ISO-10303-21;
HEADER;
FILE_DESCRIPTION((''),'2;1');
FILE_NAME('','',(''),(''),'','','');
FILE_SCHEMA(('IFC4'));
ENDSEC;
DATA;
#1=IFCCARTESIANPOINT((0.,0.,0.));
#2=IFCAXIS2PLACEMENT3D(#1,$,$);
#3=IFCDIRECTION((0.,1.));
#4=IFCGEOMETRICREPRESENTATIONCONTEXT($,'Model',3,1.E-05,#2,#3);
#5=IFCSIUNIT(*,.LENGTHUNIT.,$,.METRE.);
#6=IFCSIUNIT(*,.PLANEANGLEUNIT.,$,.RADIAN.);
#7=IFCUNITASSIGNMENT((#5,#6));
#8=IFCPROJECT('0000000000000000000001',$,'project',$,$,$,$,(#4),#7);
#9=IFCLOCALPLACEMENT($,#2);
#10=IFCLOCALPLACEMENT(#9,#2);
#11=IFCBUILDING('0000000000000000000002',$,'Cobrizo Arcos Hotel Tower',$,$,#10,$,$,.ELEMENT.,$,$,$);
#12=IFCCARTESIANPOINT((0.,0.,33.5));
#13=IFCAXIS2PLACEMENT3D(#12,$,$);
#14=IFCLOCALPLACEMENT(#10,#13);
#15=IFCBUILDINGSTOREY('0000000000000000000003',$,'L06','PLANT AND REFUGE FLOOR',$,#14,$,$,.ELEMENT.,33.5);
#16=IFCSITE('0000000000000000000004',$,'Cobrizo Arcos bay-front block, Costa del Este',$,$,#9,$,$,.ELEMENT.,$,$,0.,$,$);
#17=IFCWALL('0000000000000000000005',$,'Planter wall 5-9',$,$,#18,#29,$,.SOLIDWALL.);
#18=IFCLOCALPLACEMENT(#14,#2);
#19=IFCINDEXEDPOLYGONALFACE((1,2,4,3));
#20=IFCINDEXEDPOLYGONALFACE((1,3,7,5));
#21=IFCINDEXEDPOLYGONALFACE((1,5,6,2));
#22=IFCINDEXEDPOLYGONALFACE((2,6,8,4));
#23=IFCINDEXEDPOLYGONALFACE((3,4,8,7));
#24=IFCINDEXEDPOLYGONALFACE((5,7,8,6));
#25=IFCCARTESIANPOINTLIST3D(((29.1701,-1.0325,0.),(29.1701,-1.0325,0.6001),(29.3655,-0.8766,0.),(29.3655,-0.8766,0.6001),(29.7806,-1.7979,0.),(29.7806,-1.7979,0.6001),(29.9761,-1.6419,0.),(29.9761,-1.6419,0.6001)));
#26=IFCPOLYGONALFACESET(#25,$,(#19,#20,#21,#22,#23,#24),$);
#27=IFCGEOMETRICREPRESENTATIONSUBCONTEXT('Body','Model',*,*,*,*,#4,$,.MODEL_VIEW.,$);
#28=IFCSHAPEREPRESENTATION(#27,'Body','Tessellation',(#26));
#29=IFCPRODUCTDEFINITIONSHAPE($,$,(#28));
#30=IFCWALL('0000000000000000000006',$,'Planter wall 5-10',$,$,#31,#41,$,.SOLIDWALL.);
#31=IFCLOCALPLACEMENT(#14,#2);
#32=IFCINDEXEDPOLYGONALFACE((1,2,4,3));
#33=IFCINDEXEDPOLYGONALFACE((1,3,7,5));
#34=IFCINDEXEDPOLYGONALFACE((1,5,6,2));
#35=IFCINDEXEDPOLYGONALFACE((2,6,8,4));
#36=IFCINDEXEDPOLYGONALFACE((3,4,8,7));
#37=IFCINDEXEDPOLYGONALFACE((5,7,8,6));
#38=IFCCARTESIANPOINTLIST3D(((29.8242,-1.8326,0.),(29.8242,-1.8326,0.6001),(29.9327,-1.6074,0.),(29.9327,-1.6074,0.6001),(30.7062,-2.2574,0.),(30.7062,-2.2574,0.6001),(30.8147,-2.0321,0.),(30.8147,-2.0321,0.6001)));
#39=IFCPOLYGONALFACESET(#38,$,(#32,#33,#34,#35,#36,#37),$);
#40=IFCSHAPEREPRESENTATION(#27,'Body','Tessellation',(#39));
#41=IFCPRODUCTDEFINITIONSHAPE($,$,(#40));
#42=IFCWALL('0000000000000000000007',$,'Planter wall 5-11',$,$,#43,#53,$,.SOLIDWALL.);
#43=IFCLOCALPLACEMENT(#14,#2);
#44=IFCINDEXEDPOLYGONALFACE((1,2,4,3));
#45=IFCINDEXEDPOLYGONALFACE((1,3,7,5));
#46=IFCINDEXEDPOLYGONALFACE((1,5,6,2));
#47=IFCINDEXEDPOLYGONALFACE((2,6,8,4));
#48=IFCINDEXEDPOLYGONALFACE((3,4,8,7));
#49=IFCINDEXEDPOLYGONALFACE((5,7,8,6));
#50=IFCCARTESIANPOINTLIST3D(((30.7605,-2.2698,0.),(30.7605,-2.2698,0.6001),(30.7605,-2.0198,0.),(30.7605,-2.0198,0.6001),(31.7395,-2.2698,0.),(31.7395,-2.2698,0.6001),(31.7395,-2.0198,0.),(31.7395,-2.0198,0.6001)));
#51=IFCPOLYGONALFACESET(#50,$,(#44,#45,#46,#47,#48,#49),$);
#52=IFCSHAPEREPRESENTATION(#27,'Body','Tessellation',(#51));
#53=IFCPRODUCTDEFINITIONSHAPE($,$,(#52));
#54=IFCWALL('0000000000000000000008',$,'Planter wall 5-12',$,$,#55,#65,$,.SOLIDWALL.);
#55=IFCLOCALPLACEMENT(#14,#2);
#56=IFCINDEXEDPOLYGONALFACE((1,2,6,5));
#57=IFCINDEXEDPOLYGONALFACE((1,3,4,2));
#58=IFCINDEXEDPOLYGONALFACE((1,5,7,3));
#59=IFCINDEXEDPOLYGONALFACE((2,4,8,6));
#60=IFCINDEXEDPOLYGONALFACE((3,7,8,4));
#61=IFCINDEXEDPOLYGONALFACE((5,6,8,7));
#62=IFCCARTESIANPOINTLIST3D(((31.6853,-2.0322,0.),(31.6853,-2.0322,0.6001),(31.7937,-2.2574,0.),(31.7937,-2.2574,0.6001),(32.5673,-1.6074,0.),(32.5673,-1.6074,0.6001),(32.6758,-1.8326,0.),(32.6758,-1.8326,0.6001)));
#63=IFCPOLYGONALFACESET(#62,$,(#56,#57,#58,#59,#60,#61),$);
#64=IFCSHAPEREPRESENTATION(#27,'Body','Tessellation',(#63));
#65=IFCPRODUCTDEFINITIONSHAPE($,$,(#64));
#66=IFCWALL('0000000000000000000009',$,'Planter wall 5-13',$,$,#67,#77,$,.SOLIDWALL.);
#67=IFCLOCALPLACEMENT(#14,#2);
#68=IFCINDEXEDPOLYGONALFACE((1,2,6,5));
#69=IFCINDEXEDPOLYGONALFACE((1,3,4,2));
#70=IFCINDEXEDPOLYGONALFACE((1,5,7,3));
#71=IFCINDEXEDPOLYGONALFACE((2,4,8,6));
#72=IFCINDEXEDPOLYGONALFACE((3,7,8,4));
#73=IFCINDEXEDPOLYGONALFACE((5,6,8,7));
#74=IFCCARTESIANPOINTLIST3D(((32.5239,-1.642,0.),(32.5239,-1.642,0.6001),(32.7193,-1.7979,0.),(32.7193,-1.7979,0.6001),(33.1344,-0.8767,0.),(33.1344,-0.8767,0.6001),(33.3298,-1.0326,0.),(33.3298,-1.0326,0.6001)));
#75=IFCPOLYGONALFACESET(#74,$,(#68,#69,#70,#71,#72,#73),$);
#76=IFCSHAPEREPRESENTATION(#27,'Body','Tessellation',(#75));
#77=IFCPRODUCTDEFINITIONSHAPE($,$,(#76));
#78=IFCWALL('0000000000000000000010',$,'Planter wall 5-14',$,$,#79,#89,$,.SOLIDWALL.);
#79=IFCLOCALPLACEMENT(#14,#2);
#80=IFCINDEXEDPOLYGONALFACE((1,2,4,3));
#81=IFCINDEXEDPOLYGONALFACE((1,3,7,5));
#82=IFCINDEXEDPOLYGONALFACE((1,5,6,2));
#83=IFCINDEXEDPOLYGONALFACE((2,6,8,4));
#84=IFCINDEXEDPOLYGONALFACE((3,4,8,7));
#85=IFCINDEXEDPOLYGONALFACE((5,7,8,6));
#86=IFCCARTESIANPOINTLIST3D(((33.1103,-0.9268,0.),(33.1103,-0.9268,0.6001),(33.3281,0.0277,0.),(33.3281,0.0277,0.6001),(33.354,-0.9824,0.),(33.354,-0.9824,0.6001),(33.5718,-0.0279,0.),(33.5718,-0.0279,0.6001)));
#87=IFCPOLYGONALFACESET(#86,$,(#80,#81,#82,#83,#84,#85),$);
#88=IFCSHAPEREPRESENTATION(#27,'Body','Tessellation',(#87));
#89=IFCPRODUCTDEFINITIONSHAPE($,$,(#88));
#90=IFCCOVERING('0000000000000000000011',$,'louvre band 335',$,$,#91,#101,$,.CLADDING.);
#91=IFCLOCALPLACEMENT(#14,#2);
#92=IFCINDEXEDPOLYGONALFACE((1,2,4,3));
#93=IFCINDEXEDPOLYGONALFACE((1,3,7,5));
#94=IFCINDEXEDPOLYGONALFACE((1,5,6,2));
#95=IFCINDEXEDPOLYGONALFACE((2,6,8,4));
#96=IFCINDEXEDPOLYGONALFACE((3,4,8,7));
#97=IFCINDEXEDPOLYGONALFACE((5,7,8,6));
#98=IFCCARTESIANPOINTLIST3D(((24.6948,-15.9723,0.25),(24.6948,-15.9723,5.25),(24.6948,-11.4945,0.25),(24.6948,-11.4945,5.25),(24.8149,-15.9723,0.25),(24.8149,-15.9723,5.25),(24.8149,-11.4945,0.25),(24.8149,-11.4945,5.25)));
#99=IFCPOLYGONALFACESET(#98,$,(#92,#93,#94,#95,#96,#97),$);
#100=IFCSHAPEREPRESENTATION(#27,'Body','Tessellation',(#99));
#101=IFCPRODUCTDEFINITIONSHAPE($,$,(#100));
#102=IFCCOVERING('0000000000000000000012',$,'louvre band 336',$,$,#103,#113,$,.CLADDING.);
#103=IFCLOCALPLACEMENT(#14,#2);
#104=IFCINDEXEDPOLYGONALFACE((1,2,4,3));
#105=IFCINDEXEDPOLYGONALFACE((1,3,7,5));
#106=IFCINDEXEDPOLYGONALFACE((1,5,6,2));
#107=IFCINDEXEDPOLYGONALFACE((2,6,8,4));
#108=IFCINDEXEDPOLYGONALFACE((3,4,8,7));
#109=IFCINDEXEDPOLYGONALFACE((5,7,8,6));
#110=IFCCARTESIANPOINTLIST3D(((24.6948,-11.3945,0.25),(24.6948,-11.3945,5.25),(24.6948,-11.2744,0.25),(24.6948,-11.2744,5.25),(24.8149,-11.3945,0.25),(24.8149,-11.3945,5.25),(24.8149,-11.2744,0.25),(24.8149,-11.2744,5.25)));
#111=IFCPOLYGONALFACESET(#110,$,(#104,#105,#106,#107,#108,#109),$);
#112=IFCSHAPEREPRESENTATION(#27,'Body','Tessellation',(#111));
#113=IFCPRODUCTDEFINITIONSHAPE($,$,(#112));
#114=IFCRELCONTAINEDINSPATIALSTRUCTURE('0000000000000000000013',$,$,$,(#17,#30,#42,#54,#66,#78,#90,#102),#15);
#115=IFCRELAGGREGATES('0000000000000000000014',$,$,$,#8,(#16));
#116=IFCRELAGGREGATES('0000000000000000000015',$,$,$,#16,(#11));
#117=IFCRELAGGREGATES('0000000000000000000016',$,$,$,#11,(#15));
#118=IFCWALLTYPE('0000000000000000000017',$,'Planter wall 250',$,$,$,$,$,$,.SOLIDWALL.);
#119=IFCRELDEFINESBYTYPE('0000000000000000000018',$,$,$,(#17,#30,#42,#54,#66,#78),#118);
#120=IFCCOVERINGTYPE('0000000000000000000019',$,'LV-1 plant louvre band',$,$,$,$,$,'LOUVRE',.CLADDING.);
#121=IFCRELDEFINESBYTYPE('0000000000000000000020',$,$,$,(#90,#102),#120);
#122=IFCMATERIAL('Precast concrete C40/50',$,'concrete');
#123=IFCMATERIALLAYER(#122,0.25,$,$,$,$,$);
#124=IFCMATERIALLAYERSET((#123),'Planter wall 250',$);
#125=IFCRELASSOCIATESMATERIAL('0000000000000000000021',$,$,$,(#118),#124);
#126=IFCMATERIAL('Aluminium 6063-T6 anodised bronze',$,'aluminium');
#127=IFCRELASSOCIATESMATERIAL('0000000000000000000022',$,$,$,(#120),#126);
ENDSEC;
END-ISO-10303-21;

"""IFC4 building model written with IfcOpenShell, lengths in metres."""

from ifc_helpers import new_model, si_unit, direction, frame, frame_2d, origin, origin_2d, place, context, subcontext, project, spatial, rectangle, extrude, material, layer, layer_set, type_object, element, save


model = new_model("IFC4")

# Units and contexts
model_context = context("Model", 3, precision=1e-05, world=origin(), true_north=direction((0.0, 1.0)))
body_context = subcontext(model_context, "Body", "Model", "MODEL_VIEW")
ifc_project = project(units=[si_unit("LENGTHUNIT", "METRE"), si_unit("PLANEANGLEUNIT", "RADIAN")], contexts=[model_context])

# Site, building, storey
site_placement = place(None, origin())
site = spatial("IfcSite", under=ifc_project, at=site_placement, Name="Cobrizo Arcos bay-front block, Costa del Este", CompositionType="ELEMENT", RefElevation=0.0)
building_placement = place(site_placement, origin())
building = spatial("IfcBuilding", under=site, at=building_placement, Name="Cobrizo Arcos Hotel Tower", CompositionType="ELEMENT")
storey_placement = place(building_placement, frame((0.0, 0.0, 33.5)))
storey = spatial("IfcBuildingStorey", under=building, at=storey_placement, Name="L06", Description="PLANT AND REFUGE FLOOR", CompositionType="ELEMENT", Elevation=33.5)

# Shared definitions
ifc_material_1 = material(Name="Aluminium 6063-T6 anodised bronze", Category="aluminium")

# Walls
ifc_material_2 = material(Name="Precast concrete C40/50", Category="concrete")
ifc_layer_1 = layer(ifc_material_2, 0.25)
ifc_layer_set_1 = layer_set([ifc_layer_1], Name="Planter wall 250")
wall_type = type_object("IfcWallType", Name="Planter wall 250", PredefinedType="SOLIDWALL", material=ifc_layer_set_1)
for number, where, z_axis, x_axis, name in (
    (1, (29.2678, -0.9546, 0.0), (0.0, 0.0, 1.0), (0.62363, -0.78172, 0.0), "Planter wall 5-9"),
    (2, (29.8784, -1.72, 0.0), (0.0, 0.0, 1.0), (0.900962, -0.433898, 0.0), "Planter wall 5-10"),
    (3, (30.7605, -2.1448, 0.0), (0.0, 0.0, 1.0), (1.0, 0.0, 0.0), "Planter wall 5-11"),
    (4, (31.7395, -2.1448, 0.0), (0.0, 0.0, 1.0), (0.900962, 0.433898, 0.0), "Planter wall 5-12"),
    (5, (32.6216, -1.72, 0.0), (0.0, 0.0, 1.0), (0.62363, 0.78172, 0.0), "Planter wall 5-13"),
    (6, (33.2322, -0.9546, 0.0), (0.0, 0.0, 1.0), (0.222419, 0.974951, 0.0), "Planter wall 5-14"),
):
    element("IfcWall", number, at=place(storey_placement, frame(where, z_axis=z_axis, x_axis=x_axis)), inside=storey, type_object=wall_type, Name=name, PredefinedType="SOLIDWALL", context=body_context, shape_type="SweptSolid", body=[
        extrude(rectangle(XDim=0.979, YDim=0.25, at=frame_2d((0.4895, 0.0))), origin(), (0.0, 0.0, 1.0), 0.6001),
    ])

# Coverings
covering_type = type_object("IfcCoveringType", Name="LV-1 plant louvre band", ElementType="LOUVRE", PredefinedType="CLADDING", material=ifc_material_1)
covering_1_placement = place(storey_placement, frame((24.7549, -13.7334, 0.25), z_axis=(0.0, 0.0, 1.0), x_axis=(0.0, 1.0, 0.0)))
element("IfcCovering", 7, at=covering_1_placement, inside=storey, type_object=covering_type, Name="louvre band 335", PredefinedType="CLADDING", context=body_context, shape_type="SweptSolid", body=[
    extrude(rectangle(XDim=4.4778, YDim=0.1201, at=origin_2d()), origin(), (0.0, 0.0, 1.0), 5.0),
])
covering_2_placement = place(storey_placement, frame((24.7549, -11.3345, 0.25), z_axis=(0.0, 0.0, 1.0), x_axis=(0.0, 1.0, 0.0)))
element("IfcCovering", 8, at=covering_2_placement, inside=storey, type_object=covering_type, Name="louvre band 336", PredefinedType="CLADDING", context=body_context, shape_type="SweptSolid", body=[
    extrude(rectangle(XDim=0.1201, YDim=0.1201, at=origin_2d()), origin(), (0.0, 0.0, 1.0), 5.0),
])

save(model, "model.ifc")
